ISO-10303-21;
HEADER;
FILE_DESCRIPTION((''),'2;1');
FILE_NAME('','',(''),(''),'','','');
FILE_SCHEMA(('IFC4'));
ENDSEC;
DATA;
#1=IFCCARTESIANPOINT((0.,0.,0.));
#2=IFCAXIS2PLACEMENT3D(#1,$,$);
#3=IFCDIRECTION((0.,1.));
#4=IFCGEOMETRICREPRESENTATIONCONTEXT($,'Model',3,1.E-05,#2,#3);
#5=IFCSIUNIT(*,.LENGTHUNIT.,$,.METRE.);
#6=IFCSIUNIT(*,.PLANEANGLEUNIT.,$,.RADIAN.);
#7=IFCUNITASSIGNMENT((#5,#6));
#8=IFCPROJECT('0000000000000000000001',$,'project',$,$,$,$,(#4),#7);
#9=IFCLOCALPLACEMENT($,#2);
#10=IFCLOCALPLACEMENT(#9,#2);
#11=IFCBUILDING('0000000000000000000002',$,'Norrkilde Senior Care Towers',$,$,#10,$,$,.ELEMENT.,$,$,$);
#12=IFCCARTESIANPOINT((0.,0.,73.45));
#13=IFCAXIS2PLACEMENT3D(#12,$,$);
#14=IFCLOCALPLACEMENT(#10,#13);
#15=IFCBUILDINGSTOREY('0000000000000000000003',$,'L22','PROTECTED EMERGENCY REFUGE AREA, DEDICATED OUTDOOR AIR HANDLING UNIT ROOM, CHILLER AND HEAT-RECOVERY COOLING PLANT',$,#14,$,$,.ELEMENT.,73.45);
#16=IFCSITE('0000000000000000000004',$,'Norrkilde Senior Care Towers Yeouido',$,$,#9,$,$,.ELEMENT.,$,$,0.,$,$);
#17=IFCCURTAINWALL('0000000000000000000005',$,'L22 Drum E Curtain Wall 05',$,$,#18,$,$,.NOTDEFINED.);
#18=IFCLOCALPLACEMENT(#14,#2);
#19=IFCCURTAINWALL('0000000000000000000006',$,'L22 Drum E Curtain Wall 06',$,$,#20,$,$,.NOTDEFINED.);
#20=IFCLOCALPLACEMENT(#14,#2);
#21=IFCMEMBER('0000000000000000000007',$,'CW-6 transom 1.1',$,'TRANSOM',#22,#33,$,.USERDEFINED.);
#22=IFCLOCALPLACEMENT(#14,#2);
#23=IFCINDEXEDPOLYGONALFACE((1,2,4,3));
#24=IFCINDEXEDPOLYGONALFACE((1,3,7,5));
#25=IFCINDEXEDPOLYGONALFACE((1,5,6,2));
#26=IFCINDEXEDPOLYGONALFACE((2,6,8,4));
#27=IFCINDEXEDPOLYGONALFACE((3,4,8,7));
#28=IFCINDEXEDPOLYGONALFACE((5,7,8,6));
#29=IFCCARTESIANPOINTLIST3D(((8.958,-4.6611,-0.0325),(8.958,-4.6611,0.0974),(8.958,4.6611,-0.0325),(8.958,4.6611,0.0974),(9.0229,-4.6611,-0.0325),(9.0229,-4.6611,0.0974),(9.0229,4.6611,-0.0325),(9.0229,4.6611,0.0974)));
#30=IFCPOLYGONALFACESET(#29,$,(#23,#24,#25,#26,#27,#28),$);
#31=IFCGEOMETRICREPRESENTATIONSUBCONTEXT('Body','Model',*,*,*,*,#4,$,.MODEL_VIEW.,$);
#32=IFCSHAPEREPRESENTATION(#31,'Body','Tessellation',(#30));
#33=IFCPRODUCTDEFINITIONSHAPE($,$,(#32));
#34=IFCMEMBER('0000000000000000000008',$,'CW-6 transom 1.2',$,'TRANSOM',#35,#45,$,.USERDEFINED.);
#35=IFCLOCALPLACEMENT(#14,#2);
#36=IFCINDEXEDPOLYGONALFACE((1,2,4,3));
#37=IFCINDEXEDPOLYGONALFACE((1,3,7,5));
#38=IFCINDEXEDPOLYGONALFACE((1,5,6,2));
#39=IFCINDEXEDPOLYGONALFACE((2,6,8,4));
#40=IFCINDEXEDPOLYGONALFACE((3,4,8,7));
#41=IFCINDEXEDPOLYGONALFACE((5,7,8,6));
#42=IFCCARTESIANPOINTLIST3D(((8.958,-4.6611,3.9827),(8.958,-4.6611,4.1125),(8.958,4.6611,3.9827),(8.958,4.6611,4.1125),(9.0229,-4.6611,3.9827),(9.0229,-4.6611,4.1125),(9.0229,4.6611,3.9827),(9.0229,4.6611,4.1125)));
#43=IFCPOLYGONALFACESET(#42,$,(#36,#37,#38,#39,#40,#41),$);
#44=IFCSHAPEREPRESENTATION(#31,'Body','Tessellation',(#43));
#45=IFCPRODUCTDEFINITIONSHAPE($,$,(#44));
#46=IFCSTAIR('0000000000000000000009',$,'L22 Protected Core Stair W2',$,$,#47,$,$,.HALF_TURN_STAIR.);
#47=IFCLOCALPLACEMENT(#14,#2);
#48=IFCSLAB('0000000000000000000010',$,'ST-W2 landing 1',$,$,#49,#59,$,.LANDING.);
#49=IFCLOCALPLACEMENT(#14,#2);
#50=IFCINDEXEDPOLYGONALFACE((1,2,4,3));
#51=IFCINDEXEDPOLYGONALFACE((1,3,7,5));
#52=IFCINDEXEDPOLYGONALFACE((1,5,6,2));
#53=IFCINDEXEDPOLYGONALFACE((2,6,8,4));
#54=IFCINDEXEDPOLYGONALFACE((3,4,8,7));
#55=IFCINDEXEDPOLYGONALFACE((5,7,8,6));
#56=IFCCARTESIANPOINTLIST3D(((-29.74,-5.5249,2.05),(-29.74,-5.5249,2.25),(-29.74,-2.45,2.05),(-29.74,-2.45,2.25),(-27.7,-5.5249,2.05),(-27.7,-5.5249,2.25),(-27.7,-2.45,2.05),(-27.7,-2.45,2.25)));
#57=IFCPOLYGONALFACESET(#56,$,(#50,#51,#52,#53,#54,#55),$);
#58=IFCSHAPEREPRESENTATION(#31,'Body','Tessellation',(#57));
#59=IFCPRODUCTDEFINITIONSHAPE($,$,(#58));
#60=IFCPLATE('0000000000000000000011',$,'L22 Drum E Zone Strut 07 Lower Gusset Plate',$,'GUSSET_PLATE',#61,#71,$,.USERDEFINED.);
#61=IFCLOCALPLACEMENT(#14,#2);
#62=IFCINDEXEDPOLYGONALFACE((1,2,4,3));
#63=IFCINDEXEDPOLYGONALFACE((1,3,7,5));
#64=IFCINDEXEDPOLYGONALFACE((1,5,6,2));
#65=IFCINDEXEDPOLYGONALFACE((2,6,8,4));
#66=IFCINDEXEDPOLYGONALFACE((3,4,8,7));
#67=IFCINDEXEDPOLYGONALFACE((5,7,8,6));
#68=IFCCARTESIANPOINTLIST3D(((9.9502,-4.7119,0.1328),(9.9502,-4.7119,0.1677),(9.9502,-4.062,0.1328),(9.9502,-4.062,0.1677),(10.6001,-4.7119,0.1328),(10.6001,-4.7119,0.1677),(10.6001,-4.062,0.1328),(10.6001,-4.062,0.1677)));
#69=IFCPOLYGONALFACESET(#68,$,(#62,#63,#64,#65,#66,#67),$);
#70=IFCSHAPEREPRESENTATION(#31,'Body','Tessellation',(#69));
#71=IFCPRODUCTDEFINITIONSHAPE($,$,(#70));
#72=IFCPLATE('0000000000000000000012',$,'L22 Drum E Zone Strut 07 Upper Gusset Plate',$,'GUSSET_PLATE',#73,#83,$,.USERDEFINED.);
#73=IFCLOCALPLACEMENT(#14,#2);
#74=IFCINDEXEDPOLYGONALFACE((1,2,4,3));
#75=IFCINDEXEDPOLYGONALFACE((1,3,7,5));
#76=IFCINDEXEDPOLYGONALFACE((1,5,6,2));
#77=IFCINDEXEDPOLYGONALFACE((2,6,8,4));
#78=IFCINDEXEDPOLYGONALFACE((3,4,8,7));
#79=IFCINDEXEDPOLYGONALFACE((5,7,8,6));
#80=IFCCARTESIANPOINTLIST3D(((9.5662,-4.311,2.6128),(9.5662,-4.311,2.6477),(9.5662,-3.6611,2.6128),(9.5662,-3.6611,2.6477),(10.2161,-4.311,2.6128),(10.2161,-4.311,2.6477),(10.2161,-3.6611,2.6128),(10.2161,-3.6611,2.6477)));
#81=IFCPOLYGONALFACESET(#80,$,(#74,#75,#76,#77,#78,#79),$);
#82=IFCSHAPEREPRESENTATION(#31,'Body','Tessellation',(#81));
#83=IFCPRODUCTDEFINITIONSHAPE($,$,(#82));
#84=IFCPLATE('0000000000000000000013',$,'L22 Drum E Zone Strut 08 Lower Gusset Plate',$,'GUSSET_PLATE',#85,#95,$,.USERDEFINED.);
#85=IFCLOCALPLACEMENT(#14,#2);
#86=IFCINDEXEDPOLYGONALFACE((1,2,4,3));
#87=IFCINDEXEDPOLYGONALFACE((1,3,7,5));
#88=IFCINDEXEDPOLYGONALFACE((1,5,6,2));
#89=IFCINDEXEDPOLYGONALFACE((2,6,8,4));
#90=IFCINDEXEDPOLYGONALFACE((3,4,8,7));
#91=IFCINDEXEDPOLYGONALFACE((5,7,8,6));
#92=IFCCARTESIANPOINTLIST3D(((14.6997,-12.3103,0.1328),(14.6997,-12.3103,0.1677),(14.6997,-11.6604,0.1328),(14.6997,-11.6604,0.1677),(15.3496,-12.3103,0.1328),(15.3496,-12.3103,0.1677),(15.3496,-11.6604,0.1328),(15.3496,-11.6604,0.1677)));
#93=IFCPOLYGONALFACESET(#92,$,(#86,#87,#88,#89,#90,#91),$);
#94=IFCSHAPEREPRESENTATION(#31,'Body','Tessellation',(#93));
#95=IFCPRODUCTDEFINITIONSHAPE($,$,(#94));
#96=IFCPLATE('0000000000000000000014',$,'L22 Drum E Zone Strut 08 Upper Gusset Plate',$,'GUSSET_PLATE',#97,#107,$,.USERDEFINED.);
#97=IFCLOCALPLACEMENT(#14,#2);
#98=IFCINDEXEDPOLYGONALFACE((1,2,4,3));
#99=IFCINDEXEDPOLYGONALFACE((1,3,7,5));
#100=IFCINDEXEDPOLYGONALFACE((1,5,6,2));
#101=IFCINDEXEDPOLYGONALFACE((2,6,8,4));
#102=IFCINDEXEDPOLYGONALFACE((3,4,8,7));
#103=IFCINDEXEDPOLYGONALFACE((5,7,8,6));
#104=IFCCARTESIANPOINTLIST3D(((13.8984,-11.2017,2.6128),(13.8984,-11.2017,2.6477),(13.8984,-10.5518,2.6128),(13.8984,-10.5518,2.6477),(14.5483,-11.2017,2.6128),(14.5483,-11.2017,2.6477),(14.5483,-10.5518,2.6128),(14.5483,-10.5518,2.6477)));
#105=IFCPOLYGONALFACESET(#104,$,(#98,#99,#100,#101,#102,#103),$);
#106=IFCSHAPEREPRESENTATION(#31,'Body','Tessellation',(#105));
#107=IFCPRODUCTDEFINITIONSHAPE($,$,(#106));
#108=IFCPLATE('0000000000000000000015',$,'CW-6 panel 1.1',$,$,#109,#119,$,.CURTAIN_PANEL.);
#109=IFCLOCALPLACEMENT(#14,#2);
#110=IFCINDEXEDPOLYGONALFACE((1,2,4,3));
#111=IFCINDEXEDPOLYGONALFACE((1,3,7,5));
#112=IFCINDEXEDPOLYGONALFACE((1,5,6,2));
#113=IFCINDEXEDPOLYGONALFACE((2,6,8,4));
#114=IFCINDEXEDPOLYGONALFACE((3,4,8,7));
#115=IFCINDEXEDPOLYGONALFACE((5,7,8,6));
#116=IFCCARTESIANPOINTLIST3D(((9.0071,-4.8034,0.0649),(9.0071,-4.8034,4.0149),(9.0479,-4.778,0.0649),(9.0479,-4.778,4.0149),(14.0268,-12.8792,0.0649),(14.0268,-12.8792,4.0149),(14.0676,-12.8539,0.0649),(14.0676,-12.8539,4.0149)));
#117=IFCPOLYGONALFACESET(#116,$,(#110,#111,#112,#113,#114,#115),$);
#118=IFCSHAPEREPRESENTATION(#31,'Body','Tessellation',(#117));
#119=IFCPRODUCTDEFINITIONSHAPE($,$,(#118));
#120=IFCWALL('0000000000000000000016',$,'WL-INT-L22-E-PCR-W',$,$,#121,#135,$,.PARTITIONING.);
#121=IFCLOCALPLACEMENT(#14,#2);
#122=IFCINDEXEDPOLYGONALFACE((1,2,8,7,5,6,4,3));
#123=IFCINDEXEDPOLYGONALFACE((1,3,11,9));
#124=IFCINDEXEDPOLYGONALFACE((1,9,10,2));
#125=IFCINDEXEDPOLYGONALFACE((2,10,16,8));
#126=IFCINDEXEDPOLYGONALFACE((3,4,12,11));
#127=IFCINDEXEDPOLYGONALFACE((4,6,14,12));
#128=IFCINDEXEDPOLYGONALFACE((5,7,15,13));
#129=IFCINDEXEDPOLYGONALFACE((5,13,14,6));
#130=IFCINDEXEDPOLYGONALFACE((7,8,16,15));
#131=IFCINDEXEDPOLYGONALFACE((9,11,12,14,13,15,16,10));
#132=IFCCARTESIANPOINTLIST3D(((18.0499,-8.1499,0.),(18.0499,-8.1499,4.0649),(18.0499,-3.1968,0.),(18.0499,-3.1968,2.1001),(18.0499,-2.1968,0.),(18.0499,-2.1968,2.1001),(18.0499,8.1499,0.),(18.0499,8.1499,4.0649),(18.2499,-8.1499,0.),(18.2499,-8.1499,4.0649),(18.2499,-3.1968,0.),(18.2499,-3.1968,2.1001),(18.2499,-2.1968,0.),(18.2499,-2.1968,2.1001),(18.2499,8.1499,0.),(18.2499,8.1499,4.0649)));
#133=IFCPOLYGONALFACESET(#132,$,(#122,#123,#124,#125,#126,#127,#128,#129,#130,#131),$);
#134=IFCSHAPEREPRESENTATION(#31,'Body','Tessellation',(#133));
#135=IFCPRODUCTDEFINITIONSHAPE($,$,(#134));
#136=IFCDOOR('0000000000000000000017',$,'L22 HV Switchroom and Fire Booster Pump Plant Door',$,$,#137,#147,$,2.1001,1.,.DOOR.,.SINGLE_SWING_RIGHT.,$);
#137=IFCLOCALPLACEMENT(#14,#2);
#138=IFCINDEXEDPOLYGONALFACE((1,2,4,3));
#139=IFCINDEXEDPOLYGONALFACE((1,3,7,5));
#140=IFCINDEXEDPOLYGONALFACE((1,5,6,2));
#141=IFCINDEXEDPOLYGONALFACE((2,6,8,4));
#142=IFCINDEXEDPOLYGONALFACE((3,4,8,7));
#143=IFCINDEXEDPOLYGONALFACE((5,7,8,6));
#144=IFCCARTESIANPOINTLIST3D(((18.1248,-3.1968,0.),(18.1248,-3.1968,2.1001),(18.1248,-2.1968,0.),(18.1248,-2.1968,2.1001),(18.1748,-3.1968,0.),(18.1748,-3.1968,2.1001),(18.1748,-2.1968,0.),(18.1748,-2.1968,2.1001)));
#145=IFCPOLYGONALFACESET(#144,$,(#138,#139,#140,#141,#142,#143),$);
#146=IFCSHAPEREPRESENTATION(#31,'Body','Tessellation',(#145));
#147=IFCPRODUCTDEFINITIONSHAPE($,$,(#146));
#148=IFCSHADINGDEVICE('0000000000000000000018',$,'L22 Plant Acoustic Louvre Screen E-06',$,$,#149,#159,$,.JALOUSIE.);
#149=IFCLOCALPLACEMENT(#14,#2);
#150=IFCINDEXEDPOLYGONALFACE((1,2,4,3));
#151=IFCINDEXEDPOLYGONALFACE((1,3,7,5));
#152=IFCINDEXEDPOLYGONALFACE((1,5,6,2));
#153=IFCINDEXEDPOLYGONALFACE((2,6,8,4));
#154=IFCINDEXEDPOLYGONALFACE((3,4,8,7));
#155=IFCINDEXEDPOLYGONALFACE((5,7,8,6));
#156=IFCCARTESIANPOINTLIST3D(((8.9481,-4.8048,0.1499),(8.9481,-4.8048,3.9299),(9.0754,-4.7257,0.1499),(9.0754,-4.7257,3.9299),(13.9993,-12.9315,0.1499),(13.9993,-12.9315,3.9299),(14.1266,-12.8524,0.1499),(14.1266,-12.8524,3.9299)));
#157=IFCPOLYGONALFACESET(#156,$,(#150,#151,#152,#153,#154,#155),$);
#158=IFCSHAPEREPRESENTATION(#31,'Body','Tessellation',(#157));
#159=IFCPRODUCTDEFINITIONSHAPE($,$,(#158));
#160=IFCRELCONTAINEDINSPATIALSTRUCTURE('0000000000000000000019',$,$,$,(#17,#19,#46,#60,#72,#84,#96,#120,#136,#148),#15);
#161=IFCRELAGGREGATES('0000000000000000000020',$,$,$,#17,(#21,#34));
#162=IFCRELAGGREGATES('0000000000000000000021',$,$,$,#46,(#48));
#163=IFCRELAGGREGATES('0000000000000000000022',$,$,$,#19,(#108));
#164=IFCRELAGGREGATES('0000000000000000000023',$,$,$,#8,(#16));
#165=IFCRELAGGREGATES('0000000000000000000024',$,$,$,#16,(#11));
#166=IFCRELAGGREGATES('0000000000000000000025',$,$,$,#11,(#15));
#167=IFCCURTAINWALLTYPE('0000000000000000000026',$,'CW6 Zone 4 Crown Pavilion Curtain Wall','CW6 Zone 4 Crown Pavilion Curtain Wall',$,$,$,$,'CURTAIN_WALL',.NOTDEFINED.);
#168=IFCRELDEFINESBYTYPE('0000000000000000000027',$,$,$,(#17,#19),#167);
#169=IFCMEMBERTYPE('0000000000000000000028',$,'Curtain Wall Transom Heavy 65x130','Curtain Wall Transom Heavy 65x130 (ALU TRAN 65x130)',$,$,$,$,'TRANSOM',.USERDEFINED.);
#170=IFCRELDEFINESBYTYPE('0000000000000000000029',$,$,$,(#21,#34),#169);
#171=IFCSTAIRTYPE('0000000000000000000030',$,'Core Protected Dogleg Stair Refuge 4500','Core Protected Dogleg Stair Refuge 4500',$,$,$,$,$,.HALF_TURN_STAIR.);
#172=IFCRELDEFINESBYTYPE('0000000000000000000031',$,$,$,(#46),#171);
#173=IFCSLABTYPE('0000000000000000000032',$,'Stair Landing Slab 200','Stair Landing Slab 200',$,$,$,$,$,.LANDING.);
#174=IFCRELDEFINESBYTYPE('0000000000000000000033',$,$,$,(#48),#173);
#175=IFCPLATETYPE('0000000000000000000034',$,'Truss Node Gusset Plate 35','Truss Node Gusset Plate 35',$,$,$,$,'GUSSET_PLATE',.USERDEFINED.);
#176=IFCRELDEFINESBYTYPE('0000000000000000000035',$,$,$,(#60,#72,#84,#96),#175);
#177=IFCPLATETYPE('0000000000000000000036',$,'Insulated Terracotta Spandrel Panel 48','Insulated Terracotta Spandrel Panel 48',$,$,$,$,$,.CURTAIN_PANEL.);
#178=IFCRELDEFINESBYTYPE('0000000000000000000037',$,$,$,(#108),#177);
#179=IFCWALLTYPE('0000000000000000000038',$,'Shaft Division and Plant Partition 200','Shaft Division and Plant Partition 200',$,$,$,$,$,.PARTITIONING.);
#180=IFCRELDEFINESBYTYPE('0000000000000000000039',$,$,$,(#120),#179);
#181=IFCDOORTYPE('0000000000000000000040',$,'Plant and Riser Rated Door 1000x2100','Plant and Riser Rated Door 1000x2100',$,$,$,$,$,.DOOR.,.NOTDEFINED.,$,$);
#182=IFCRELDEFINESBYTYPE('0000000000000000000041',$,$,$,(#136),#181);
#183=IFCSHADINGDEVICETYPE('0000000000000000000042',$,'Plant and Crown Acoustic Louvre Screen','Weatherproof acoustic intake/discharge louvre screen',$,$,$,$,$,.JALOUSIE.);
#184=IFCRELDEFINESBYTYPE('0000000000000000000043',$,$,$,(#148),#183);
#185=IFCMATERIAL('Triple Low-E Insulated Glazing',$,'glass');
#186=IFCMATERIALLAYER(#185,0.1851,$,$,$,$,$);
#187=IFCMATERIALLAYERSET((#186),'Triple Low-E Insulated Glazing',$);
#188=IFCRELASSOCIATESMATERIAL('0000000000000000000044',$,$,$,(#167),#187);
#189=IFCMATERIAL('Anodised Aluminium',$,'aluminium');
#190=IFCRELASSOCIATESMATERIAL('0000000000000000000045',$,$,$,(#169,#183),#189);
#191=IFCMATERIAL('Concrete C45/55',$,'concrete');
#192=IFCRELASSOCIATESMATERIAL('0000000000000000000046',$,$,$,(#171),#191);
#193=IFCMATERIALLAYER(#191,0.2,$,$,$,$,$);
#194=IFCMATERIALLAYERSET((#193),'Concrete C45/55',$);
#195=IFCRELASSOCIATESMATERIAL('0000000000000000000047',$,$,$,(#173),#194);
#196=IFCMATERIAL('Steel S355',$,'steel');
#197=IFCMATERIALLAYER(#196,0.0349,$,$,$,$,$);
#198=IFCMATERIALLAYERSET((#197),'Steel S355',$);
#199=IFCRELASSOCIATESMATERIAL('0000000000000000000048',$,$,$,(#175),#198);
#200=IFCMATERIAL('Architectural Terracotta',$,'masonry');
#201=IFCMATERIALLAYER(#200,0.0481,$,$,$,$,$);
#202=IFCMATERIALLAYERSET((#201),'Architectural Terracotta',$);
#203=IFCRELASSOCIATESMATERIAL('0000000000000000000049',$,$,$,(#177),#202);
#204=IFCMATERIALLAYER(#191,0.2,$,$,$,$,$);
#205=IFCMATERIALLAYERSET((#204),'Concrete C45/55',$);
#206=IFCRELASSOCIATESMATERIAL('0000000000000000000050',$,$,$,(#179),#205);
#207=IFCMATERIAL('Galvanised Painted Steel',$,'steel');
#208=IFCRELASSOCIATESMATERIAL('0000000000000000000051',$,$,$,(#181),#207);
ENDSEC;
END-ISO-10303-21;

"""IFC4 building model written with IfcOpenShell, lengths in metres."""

from ifc_helpers import new_model, si_unit, direction, frame, frame_2d, origin, origin_2d, place, context, subcontext, project, spatial, polyline, rectangle, outline, extrude, source, transform, mapped, material, layer, layer_set, material_profile, profile_set, type_object, type_shapes, element, fill, aggregate, save


model = new_model("IFC4")

# Units and contexts
model_context = context("Model", 3, precision=1e-05, world=origin(), true_north=direction((0.0, 1.0)))
body_context = subcontext(model_context, "Body", "Model", "MODEL_VIEW")
ifc_project = project(units=[si_unit("LENGTHUNIT", "METRE"), si_unit("PLANEANGLEUNIT", "RADIAN")], contexts=[model_context])

# Site, building, storey
site_placement = place(None, origin())
site = spatial("IfcSite", under=ifc_project, at=site_placement, Name="Norrkilde Senior Care Towers Yeouido", CompositionType="ELEMENT", RefElevation=0.0)
building_placement = place(site_placement, origin())
building = spatial("IfcBuilding", under=site, at=building_placement, Name="Norrkilde Senior Care Towers", CompositionType="ELEMENT")
storey_placement = place(building_placement, frame((0.0, 0.0, 73.45)))
storey = spatial("IfcBuildingStorey", under=building, at=storey_placement, Name="L22", Description="PROTECTED EMERGENCY REFUGE AREA, DEDICATED OUTDOOR AIR HANDLING UNIT ROOM, CHILLER AND HEAT-RECOVERY COOLING PLANT", CompositionType="ELEMENT", Elevation=73.45)

# Shared definitions
ifc_material_1 = material(Name="Steel S355", Category="steel")

# Curtain wall
ifc_material_2 = material(Name="Triple Low-E Insulated Glazing", Category="glass")
ifc_layer_1 = layer(ifc_material_2, 0.1851)
ifc_layer_set_1 = layer_set([ifc_layer_1], Name="Triple Low-E Insulated Glazing")
curtain_wall_type = type_object("IfcCurtainWallType", Name="CW6 Zone 4 Crown Pavilion Curtain Wall", Description="CW6 Zone 4 Crown Pavilion Curtain Wall", ElementType="CURTAIN_WALL", PredefinedType="NOTDEFINED", material=ifc_layer_set_1)
curtain_wall_1_placement = place(storey_placement, origin())
curtain_wall_1 = element("IfcCurtainWall", 1, at=curtain_wall_1_placement, inside=storey, type_object=curtain_wall_type, Name="L22 Drum E Curtain Wall 05", PredefinedType="NOTDEFINED")
ifc_material_3 = material(Name="Anodised Aluminium", Category="aluminium")

# Curtain wall
curtain_wall_2_placement = place(storey_placement, origin())
curtain_wall_2 = element("IfcCurtainWall", 2, at=curtain_wall_2_placement, inside=storey, type_object=curtain_wall_type, Name="L22 Drum E Curtain Wall 06", PredefinedType="NOTDEFINED")

# Members
ifc_material_profile_1 = material_profile(ifc_material_3, rectangle(XDim=0.0649, YDim=0.1299, at=origin_2d()), Name="ALU TRAN 65x130")
ifc_profile_set_1 = profile_set([ifc_material_profile_1], Name="Anodised Aluminium")
member_type_1 = type_object("IfcMemberType", Name="Curtain Wall Transom Heavy 65x130", Description="Curtain Wall Transom Heavy 65x130 (ALU TRAN 65x130)", ElementType="TRANSOM", PredefinedType="USERDEFINED", material=ifc_profile_set_1)
shared_shape_1 = source(origin(), body_context, "Body", "SweptSolid", [
    extrude(rectangle(XDim=0.0649, YDim=0.1299, at=origin_2d()), origin(), (0.0, 0.0, 1.0), 9.3223),
])
member_1_placement = place(storey_placement, frame((8.9905, -4.6611, 0.0325), z_axis=(0.0, 1.0, 0.0), x_axis=(-1.0, 0.0, 0.0)))
member_1 = element("IfcMember", 3, at=member_1_placement, type_object=member_type_1, Name="CW-6 transom 1.1", ObjectType="TRANSOM", PredefinedType="USERDEFINED", context=body_context, shape_type="MappedRepresentation", body=[
    mapped(shared_shape_1, transform((0.0, 0.0, 0.0), x_axis=(1.0, 0.0, 0.0), y_axis=(0.0, 1.0, 0.0), z_axis=(0.0, 0.0, 1.0), scale=1.0)),
])
member_2_placement = place(storey_placement, frame((8.9905, -4.6611, 4.0476), z_axis=(0.0, 1.0, 0.0), x_axis=(-1.0, 0.0, 0.0)))
member_2 = element("IfcMember", 4, at=member_2_placement, type_object=member_type_1, Name="CW-6 transom 1.2", ObjectType="TRANSOM", PredefinedType="USERDEFINED", context=body_context, shape_type="MappedRepresentation", body=[
    mapped(shared_shape_1, transform((0.0, 0.0, 0.0), x_axis=(1.0, 0.0, 0.0), y_axis=(0.0, 1.0, 0.0), z_axis=(0.0, 0.0, 1.0), scale=1.0)),
])
aggregate(curtain_wall_1, [member_1, member_2])

# Stair, slab
ifc_material_4 = material(Name="Concrete C45/55", Category="concrete")
stair_type = type_object("IfcStairType", Name="Core Protected Dogleg Stair Refuge 4500", Description="Core Protected Dogleg Stair Refuge 4500", PredefinedType="HALF_TURN_STAIR", material=ifc_material_4)
stair_placement = place(storey_placement, origin())
stair = element("IfcStair", 5, at=stair_placement, inside=storey, type_object=stair_type, Name="L22 Protected Core Stair W2", PredefinedType="HALF_TURN_STAIR")
ifc_layer_2 = layer(ifc_material_4, 0.2)
ifc_layer_set_2 = layer_set([ifc_layer_2], Name="Concrete C45/55")
slab_type = type_object("IfcSlabType", Name="Stair Landing Slab 200", Description="Stair Landing Slab 200", PredefinedType="LANDING", material=ifc_layer_set_2)
slab_placement = place(storey_placement, frame((0.0, 0.0, 2.05)))
slab = element("IfcSlab", 6, at=slab_placement, type_object=slab_type, Name="ST-W2 landing 1", PredefinedType="LANDING", context=body_context, shape_type="SweptSolid", body=[
    extrude(outline(polyline([(-29.74, -5.5249), (-27.7, -5.5249), (-27.7, -2.45), (-29.74, -2.45), (-29.74, -5.5249)])), origin(), (0.0, 0.0, 1.0), 0.2),
])
aggregate(stair, [slab])

# Plates
ifc_layer_3 = layer(ifc_material_1, 0.0349)
ifc_layer_set_3 = layer_set([ifc_layer_3], Name="Steel S355")
plate_type_1 = type_object("IfcPlateType", Name="Truss Node Gusset Plate 35", Description="Truss Node Gusset Plate 35", ElementType="GUSSET_PLATE", PredefinedType="USERDEFINED", material=ifc_layer_set_3)
shared_shape_2 = source(origin(), body_context, "Body", "SweptSolid", [
    extrude(rectangle(XDim=0.6499, YDim=0.6499, at=origin_2d()), origin(), (0.0, 0.0, 1.0), 0.0349),
])
type_shapes(plate_type_1, [shared_shape_2])
for number, where, z_axis, x_axis, name in (
    (7, (10.2751, -4.387, 0.1328), (0.0, 0.0, 1.0), (1.0, 0.0, 0.0), "L22 Drum E Zone Strut 07 Lower Gusset Plate"),
    (8, (9.8911, -3.9861, 2.6128), (0.0, 0.0, 1.0), (1.0, 0.0, 0.0), "L22 Drum E Zone Strut 07 Upper Gusset Plate"),
    (9, (15.0247, -11.9854, 0.1328), (0.0, 0.0, 1.0), (1.0, 0.0, 0.0), "L22 Drum E Zone Strut 08 Lower Gusset Plate"),
    (10, (14.2234, -10.8767, 2.6128), (0.0, 0.0, 1.0), (1.0, 0.0, 0.0), "L22 Drum E Zone Strut 08 Upper Gusset Plate"),
):
    element("IfcPlate", number, at=place(storey_placement, frame(where, z_axis=z_axis, x_axis=x_axis)), inside=storey, type_object=plate_type_1, Name=name, ObjectType="GUSSET_PLATE", PredefinedType="USERDEFINED", context=body_context, shape_type="MappedRepresentation", body=[
        mapped(shared_shape_2, transform((0.0, 0.0, 0.0), x_axis=(1.0, 0.0, 0.0), y_axis=(0.0, 1.0, 0.0), z_axis=(0.0, 0.0, 1.0), scale=1.0)),
    ])

# Plate
ifc_material_5 = material(Name="Architectural Terracotta", Category="masonry")
ifc_layer_4 = layer(ifc_material_5, 0.0481)
ifc_layer_set_4 = layer_set([ifc_layer_4], Name="Architectural Terracotta")
plate_type_2 = type_object("IfcPlateType", Name="Insulated Terracotta Spandrel Panel 48", Description="Insulated Terracotta Spandrel Panel 48", PredefinedType="CURTAIN_PANEL", material=ifc_layer_set_4)
shared_shape_3 = source(origin(), body_context, "Body", "SweptSolid", [
    extrude(rectangle(XDim=9.5088, YDim=0.0481, at=origin_2d()), origin(), (0.0, 0.0, 1.0), 3.95),
])
type_shapes(plate_type_2, [shared_shape_3])
plate_placement = place(storey_placement, frame((11.5374, -8.8286, 0.0649), z_axis=(0.0, 0.0, 1.0), x_axis=(-0.527901, 0.849306, 0.0)))
plate = element("IfcPlate", 11, at=plate_placement, type_object=plate_type_2, Name="CW-6 panel 1.1", PredefinedType="CURTAIN_PANEL", context=body_context, shape_type="MappedRepresentation", body=[
    mapped(shared_shape_3, transform((0.0, 0.0, 0.0), x_axis=(1.0, 0.0, 0.0), y_axis=(0.0, 1.0, 0.0), z_axis=(0.0, 0.0, 1.0), scale=1.0)),
])
aggregate(curtain_wall_2, [plate])

# Wall, opening, door
ifc_layer_5 = layer(ifc_material_4, 0.2)
ifc_layer_set_5 = layer_set([ifc_layer_5], Name="Concrete C45/55")
wall_type = type_object("IfcWallType", Name="Shaft Division and Plant Partition 200", Description="Shaft Division and Plant Partition 200", PredefinedType="PARTITIONING", material=ifc_layer_set_5)
shared_shape_4 = source(origin(), body_context, "Body", "SweptSolid", [
    extrude(rectangle(XDim=16.2998, YDim=0.2, at=frame_2d((8.1499, 0.0))), origin(), (0.0, 0.0, 1.0), 4.0649),
])
type_shapes(wall_type, [shared_shape_4])
wall_placement = place(storey_placement, frame((18.1499, -8.1499, 0.0), z_axis=(0.0, 0.0, 1.0), x_axis=(0.0, 1.0, 0.0)))
wall = element("IfcWall", 12, at=wall_placement, inside=storey, type_object=wall_type, Name="WL-INT-L22-E-PCR-W", PredefinedType="PARTITIONING", context=body_context, shape_type="MappedRepresentation", body=[
    mapped(shared_shape_4, transform((0.0, 0.0, 0.0), x_axis=(1.0, 0.0, 0.0), y_axis=(0.0, 1.0, 0.0), z_axis=(0.0, 0.0, 1.0), scale=1.0)),
])
opening_placement = place(wall_placement, frame((4.9531, 0.0, 0.0)))
opening = element("IfcOpeningElement", 13, at=opening_placement, cuts=wall, PredefinedType="OPENING", context=body_context, shape_type="SweptSolid", body=[
    extrude(rectangle(XDim=1.0, YDim=2.1001, at=frame_2d((0.5, 1.05))), frame((0.0, 0.1099, 0.0), z_axis=(0.0, -1.0, 0.0), x_axis=(1.0, 0.0, 0.0)), (0.0, 0.0, 1.0), 0.22),
])
ifc_material_6 = material(Name="Galvanised Painted Steel", Category="steel")
door_type = type_object("IfcDoorType", Name="Plant and Riser Rated Door 1000x2100", Description="Plant and Riser Rated Door 1000x2100", OperationType="NOTDEFINED", PredefinedType="DOOR", material=ifc_material_6)
shared_shape_5 = source(origin(), body_context, "Body", "SweptSolid", [
    extrude(rectangle(XDim=1.0, YDim=2.1001, at=frame_2d((0.5, 1.05))), frame((0.0, 0.0249, 0.0), z_axis=(0.0, -1.0, 0.0), x_axis=(1.0, 0.0, 0.0)), (0.0, 0.0, 1.0), 0.05),
])
type_shapes(door_type, [shared_shape_5])
door_placement = place(opening_placement, frame((1.0, 0.0, 0.0), z_axis=(0.0, 0.0, 1.0), x_axis=(-1.0, 0.0, 0.0)))
door = element("IfcDoor", 14, at=door_placement, inside=storey, type_object=door_type, Name="L22 HV Switchroom and Fire Booster Pump Plant Door", OperationType="SINGLE_SWING_RIGHT", OverallHeight=2.1001, OverallWidth=1.0, PredefinedType="DOOR", context=body_context, shape_type="MappedRepresentation", body=[
    mapped(shared_shape_5, transform((0.0, 0.0, 0.0), x_axis=(1.0, 0.0, 0.0), y_axis=(0.0, 1.0, 0.0), z_axis=(0.0, 0.0, 1.0), scale=1.0)),
])
fill(opening, door)

# Shading device
shading_device_type = type_object("IfcShadingDeviceType", Name="Plant and Crown Acoustic Louvre Screen", Description="Weatherproof acoustic intake/discharge louvre screen", PredefinedType="JALOUSIE", material=ifc_material_3)
shared_shape_6 = source(origin(), body_context, "Body", "SweptSolid", [
    extrude(rectangle(XDim=9.5686, YDim=0.1499, at=origin_2d()), origin(), (0.0, 0.0, 1.0), 3.78),
])
type_shapes(shading_device_type, [shared_shape_6])
shading_device_placement = place(storey_placement, frame((11.5374, -8.8286, 0.1499), z_axis=(0.0, 0.0, 1.0), x_axis=(-0.527901, 0.849306, 0.0)))
element("IfcShadingDevice", 15, at=shading_device_placement, inside=storey, type_object=shading_device_type, Name="L22 Plant Acoustic Louvre Screen E-06", PredefinedType="JALOUSIE", context=body_context, shape_type="MappedRepresentation", body=[
    mapped(shared_shape_6, transform((0.0, 0.0, 0.0), x_axis=(1.0, 0.0, 0.0), y_axis=(0.0, 1.0, 0.0), z_axis=(0.0, 0.0, 1.0), scale=1.0)),
])

save(model, "model.ifc")
